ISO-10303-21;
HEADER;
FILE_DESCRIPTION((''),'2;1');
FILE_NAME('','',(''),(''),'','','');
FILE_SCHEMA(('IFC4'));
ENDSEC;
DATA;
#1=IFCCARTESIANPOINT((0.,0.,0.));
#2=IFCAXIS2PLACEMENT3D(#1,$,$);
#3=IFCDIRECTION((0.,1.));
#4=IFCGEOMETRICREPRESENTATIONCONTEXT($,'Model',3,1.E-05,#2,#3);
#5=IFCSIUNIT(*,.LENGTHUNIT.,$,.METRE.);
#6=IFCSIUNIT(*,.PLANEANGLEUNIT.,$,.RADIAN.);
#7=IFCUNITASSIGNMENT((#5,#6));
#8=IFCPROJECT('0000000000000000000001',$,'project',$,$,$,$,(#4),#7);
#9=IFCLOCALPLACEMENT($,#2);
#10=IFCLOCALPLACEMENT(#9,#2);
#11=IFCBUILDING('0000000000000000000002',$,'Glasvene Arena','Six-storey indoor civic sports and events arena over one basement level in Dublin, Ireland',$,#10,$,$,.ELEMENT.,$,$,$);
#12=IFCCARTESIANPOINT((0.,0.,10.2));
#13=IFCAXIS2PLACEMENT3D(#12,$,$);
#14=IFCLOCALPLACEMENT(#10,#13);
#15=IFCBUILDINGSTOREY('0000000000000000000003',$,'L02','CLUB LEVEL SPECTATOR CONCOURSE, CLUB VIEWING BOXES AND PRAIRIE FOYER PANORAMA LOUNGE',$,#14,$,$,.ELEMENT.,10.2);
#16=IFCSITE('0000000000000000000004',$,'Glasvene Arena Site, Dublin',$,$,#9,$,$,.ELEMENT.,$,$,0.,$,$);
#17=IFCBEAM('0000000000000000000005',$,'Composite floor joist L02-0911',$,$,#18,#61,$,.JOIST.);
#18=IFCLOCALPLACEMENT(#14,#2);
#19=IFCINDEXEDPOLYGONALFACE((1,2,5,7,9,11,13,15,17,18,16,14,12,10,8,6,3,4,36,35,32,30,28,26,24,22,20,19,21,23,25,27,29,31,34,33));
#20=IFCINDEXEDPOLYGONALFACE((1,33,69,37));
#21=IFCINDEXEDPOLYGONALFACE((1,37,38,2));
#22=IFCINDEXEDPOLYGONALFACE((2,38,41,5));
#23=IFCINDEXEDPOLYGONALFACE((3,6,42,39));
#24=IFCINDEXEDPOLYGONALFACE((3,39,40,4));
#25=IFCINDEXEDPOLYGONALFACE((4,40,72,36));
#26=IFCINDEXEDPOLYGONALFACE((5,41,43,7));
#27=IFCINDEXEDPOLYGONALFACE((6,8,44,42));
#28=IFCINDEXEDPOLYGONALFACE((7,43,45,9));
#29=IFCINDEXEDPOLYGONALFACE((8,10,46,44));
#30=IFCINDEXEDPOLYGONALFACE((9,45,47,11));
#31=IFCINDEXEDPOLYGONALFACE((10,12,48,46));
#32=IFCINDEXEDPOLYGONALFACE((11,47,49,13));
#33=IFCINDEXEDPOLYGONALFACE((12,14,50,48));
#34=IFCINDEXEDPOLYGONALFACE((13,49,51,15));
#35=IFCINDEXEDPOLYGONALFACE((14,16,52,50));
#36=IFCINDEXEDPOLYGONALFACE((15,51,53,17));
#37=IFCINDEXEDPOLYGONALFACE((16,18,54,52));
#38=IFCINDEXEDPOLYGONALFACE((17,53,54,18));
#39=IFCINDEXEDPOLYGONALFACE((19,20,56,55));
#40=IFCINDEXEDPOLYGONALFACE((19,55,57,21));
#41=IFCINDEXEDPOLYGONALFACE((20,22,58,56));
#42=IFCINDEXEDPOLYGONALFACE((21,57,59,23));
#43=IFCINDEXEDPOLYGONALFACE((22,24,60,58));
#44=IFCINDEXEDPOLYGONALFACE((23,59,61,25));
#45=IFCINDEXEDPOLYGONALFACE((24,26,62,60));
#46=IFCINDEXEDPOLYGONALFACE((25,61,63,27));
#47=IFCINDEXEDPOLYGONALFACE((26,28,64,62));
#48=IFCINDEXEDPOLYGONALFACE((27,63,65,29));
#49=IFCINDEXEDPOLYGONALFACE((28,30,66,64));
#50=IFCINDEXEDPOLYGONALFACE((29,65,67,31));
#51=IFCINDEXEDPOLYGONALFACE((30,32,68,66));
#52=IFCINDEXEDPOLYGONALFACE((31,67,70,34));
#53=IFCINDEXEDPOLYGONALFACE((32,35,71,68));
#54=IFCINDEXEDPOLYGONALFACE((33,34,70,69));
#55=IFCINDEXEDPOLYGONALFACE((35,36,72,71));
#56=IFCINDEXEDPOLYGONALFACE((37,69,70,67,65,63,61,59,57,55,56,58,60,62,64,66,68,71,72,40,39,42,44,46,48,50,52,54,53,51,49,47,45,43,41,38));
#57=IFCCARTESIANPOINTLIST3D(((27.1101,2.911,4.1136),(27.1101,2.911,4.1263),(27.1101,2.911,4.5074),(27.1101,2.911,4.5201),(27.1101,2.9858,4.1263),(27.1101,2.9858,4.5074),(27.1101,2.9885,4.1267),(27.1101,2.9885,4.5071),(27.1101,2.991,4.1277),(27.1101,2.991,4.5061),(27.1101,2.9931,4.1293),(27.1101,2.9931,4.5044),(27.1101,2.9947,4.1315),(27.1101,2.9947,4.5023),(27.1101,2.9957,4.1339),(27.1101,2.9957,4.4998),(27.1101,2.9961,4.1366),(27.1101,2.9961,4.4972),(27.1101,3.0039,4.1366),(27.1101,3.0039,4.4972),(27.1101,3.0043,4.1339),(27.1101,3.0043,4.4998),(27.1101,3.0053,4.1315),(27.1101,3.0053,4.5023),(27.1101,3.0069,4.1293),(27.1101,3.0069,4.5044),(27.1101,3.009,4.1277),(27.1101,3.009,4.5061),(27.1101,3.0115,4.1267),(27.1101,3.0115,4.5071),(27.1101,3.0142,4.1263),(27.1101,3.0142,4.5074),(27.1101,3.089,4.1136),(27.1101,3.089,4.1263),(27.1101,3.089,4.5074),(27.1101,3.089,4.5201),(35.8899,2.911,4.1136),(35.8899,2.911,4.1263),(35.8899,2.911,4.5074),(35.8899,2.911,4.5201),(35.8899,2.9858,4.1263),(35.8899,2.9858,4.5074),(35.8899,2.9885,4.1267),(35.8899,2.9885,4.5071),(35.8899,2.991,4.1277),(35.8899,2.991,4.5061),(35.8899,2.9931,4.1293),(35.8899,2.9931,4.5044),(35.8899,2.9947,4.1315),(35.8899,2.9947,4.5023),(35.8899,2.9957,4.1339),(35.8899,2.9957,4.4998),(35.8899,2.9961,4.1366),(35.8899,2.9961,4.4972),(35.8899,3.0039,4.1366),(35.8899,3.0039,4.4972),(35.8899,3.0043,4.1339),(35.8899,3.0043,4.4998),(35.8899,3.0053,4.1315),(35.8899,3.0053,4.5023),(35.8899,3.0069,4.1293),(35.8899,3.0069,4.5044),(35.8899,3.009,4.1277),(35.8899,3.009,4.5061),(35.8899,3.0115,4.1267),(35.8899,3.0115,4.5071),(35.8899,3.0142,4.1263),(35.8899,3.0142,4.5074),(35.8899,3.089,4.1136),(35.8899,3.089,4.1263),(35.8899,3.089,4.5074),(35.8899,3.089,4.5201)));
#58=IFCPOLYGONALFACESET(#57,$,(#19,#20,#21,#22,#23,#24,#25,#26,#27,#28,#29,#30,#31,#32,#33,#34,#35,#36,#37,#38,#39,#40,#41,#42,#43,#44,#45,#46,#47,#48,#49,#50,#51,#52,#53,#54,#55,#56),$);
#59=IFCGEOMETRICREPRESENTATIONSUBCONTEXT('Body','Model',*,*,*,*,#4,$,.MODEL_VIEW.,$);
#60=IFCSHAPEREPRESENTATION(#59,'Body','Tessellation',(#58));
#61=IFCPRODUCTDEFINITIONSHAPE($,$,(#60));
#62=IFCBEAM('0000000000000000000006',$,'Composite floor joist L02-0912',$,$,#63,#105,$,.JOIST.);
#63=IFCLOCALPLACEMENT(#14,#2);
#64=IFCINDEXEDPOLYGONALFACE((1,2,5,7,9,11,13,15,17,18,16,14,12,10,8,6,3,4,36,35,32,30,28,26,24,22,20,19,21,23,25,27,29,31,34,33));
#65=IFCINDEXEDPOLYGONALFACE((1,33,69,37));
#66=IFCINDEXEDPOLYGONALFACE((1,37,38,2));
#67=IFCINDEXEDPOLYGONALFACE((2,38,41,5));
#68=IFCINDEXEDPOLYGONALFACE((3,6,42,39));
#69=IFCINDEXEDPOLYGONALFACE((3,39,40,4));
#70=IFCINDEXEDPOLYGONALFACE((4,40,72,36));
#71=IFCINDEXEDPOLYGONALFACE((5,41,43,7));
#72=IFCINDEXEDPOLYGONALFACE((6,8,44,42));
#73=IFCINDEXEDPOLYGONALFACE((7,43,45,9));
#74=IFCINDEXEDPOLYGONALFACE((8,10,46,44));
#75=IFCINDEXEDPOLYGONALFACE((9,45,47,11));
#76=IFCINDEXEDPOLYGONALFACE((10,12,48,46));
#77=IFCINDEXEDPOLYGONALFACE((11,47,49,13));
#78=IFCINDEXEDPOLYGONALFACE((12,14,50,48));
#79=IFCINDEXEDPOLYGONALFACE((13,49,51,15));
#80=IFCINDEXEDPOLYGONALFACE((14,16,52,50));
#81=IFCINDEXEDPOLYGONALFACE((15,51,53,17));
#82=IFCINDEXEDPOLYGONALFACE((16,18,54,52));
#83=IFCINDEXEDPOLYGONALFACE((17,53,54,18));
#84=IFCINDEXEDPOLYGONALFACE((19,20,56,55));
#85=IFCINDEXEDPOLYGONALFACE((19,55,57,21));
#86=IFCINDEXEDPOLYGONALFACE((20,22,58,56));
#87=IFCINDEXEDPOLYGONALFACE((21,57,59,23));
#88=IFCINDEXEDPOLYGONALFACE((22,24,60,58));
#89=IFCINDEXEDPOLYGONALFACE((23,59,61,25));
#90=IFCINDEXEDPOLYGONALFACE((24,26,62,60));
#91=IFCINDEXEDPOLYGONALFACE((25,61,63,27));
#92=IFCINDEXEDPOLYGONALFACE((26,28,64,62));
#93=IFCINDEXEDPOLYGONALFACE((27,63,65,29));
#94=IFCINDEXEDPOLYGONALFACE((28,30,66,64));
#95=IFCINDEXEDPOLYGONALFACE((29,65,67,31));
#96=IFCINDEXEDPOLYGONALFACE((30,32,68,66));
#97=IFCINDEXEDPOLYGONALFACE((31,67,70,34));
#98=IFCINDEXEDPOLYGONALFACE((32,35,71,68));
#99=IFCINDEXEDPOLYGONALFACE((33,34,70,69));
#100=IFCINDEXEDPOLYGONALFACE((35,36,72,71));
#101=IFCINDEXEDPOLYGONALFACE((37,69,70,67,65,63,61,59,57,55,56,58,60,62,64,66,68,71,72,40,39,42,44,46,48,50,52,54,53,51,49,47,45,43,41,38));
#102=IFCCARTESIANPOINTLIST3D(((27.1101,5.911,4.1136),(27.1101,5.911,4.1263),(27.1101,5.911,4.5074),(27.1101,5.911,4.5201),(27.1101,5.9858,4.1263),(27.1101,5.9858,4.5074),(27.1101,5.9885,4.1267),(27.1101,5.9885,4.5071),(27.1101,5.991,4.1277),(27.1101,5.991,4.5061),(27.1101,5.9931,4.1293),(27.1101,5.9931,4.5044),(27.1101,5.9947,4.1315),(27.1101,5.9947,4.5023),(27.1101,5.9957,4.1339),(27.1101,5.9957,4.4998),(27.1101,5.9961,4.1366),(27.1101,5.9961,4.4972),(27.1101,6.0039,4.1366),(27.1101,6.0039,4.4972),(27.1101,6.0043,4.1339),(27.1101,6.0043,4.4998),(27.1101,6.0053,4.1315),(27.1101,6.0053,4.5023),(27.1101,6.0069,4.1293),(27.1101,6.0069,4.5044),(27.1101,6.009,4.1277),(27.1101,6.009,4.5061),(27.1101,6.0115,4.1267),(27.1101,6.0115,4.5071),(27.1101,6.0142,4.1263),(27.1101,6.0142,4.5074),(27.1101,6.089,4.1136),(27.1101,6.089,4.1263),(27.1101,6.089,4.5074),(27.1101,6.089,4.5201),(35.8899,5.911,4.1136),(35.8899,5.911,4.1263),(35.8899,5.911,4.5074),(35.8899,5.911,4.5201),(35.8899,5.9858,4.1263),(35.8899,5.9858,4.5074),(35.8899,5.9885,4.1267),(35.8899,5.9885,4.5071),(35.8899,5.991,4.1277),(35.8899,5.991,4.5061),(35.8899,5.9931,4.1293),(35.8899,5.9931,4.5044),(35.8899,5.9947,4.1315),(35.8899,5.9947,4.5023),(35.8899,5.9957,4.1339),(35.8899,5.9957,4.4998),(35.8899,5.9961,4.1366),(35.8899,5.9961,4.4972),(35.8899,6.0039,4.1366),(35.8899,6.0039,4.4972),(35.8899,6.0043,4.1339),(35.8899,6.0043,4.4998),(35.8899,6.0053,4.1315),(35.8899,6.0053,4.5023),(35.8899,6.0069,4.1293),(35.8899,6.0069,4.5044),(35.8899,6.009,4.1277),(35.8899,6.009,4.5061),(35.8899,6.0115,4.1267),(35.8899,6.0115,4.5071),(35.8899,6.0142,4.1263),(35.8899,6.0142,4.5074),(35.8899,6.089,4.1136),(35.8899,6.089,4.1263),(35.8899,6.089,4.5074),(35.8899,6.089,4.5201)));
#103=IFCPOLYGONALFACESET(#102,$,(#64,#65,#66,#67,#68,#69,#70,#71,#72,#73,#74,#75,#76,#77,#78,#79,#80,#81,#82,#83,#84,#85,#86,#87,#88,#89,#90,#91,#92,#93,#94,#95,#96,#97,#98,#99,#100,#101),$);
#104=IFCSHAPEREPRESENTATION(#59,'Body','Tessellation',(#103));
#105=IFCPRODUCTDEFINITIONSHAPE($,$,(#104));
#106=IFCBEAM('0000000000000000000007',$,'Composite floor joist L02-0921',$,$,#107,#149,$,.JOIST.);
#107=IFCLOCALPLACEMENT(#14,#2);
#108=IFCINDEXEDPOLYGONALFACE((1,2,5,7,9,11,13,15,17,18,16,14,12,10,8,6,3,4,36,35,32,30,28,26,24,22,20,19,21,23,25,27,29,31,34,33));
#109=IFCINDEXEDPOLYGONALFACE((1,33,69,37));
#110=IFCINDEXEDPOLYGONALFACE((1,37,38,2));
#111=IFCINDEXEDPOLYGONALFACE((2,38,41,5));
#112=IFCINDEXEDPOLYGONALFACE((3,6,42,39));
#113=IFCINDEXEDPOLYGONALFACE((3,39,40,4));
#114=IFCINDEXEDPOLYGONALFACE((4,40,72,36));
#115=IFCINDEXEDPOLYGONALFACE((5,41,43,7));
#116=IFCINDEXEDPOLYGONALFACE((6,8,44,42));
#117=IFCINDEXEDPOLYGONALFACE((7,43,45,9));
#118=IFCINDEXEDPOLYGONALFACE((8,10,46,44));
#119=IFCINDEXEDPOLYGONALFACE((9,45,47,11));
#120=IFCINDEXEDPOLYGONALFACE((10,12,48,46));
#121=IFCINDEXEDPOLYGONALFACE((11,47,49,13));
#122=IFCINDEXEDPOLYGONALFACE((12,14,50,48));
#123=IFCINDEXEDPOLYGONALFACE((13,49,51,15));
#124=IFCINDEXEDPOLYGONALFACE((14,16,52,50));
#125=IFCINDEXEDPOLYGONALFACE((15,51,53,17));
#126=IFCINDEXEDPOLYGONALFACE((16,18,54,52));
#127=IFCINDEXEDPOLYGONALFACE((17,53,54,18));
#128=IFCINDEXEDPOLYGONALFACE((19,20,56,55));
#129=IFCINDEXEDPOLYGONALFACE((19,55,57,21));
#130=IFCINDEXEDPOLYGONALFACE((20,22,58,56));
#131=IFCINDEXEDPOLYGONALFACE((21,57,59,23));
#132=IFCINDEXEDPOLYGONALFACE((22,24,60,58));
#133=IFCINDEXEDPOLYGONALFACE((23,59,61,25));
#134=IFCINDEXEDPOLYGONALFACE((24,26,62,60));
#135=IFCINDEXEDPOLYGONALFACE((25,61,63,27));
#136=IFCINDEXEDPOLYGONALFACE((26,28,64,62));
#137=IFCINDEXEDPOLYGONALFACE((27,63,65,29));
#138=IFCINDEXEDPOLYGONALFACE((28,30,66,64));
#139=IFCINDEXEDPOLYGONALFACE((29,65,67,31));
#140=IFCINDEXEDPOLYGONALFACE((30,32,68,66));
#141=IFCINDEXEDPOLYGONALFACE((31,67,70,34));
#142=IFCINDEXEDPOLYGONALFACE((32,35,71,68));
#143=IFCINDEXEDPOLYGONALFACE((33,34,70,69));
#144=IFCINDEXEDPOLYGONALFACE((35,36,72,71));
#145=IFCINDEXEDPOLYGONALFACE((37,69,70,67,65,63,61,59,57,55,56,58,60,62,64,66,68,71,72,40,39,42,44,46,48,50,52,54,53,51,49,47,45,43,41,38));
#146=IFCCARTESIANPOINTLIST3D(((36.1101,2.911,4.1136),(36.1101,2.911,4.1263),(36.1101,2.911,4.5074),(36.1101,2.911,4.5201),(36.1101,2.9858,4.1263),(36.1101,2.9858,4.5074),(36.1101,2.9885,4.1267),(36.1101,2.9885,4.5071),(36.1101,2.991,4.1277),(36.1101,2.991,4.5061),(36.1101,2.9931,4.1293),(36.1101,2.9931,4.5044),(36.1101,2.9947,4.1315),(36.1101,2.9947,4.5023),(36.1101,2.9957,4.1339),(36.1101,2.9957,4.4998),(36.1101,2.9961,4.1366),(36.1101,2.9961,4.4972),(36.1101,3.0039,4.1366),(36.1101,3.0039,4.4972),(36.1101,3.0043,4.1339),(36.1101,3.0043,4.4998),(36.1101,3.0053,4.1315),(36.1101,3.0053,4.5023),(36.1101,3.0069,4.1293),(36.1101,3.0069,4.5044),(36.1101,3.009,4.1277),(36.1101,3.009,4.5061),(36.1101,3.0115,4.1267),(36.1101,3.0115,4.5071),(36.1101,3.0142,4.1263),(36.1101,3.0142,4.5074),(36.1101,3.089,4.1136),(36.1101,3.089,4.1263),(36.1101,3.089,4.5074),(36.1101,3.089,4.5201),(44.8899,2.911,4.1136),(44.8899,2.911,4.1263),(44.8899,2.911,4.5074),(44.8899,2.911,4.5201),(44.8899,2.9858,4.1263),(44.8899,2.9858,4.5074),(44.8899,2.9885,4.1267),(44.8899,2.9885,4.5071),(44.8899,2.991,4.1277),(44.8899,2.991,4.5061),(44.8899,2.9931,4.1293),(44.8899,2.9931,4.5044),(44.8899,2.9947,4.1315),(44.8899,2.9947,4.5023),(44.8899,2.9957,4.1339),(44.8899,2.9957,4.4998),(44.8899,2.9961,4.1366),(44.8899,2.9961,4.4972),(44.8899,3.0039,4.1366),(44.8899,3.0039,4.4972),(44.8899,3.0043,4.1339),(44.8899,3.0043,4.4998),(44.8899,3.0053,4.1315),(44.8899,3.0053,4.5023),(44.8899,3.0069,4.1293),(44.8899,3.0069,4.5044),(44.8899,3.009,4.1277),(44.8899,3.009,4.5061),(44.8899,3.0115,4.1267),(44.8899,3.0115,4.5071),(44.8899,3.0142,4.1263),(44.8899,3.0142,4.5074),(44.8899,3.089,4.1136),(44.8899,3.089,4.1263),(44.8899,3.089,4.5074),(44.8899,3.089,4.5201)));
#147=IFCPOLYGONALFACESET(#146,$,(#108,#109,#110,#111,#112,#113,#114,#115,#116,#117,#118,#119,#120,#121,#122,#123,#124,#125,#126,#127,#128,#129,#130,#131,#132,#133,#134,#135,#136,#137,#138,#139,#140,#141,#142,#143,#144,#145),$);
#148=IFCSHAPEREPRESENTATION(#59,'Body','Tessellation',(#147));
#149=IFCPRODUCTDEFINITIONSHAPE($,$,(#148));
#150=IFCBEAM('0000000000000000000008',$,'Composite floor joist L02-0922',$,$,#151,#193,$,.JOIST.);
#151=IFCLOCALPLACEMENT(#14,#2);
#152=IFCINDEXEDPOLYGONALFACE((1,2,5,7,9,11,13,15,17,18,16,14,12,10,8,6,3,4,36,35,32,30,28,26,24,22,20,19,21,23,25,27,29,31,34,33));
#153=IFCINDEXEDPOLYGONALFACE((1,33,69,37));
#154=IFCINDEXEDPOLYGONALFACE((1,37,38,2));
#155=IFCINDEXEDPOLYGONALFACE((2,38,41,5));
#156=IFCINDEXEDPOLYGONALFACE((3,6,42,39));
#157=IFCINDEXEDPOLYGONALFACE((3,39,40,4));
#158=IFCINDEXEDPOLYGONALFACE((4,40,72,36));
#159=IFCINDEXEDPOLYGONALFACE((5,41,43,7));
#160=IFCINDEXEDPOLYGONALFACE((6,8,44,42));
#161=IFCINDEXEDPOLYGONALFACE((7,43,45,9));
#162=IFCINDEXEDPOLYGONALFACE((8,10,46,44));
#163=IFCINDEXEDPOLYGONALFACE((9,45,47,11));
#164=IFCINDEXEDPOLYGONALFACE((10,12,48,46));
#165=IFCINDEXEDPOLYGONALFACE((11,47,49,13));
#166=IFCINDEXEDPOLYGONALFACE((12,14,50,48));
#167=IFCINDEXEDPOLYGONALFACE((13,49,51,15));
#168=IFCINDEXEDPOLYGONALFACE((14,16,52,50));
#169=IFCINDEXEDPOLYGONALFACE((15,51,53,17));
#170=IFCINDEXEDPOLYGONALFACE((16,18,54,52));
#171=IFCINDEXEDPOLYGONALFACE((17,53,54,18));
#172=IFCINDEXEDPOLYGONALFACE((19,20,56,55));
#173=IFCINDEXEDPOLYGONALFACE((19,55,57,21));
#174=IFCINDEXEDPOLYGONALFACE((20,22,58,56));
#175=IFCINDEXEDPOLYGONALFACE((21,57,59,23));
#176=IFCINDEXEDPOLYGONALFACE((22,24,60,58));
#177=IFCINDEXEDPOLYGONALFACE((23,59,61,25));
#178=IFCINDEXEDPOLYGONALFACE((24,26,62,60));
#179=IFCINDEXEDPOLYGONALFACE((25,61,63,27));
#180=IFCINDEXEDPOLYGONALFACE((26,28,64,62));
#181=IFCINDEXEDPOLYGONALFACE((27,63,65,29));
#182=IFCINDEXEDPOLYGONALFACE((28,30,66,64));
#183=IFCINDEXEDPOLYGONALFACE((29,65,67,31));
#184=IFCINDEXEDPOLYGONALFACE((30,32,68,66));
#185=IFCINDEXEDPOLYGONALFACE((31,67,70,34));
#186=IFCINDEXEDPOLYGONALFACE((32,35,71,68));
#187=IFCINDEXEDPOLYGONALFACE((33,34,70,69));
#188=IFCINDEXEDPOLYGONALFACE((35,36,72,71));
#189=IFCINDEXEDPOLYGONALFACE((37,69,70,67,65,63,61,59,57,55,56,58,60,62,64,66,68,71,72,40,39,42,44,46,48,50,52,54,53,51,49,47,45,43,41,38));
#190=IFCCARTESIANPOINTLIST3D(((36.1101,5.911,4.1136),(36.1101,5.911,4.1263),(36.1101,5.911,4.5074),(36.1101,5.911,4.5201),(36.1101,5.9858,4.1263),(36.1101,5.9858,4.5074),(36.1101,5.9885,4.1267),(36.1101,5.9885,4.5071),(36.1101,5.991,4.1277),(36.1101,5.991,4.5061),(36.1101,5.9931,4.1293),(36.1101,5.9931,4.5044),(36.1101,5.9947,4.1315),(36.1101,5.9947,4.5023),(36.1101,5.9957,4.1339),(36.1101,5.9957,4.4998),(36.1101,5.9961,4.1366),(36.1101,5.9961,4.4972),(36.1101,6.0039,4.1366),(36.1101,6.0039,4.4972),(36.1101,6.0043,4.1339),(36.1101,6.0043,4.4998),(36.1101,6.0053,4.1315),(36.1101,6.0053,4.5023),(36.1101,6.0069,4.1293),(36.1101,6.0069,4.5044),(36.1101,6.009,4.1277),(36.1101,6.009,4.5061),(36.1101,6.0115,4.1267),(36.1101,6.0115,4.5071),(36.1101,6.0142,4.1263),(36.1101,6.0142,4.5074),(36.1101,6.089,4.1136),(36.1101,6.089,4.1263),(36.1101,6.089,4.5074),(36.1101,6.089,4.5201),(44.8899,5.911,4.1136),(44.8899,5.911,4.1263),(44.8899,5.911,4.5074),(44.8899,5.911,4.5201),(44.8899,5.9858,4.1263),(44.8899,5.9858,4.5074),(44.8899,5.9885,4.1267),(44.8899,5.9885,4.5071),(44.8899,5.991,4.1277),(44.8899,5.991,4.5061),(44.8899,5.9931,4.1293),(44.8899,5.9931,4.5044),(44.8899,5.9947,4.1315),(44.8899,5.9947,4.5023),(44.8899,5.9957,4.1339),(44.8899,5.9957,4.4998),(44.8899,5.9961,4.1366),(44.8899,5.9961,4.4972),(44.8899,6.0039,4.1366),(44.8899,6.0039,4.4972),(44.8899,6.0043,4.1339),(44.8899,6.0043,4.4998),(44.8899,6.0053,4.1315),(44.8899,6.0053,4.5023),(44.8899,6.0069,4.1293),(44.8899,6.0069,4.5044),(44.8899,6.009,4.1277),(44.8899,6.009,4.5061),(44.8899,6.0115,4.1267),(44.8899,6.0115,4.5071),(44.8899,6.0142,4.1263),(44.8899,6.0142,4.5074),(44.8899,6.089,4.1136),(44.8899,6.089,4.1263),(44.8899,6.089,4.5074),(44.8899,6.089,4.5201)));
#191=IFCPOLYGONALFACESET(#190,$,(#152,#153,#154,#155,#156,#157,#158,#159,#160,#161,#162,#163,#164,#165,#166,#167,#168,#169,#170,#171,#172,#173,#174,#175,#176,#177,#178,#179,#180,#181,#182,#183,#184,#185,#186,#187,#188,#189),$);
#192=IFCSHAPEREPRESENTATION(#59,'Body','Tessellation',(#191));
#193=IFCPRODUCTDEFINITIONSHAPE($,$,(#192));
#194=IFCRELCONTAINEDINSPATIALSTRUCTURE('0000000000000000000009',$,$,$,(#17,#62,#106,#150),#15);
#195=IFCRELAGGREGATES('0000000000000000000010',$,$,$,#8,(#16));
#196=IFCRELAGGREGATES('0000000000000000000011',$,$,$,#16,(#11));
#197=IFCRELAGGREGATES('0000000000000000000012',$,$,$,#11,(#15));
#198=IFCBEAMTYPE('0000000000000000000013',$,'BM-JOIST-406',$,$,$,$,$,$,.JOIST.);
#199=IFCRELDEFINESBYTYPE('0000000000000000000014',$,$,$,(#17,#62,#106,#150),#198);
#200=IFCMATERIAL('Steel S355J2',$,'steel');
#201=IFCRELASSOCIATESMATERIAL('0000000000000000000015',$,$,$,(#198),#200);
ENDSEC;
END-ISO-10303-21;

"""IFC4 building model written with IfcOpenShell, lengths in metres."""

from ifc_helpers import new_model, si_unit, direction, frame, origin, origin_2d, place, context, subcontext, project, spatial, i_section, extrude, material, material_profile, profile_set, type_object, element, save


model = new_model("IFC4")

# Units and contexts
model_context = context("Model", 3, precision=1e-05, world=origin(), true_north=direction((0.0, 1.0)))
body_context = subcontext(model_context, "Body", "Model", "MODEL_VIEW")
ifc_project = project(units=[si_unit("LENGTHUNIT", "METRE"), si_unit("PLANEANGLEUNIT", "RADIAN")], contexts=[model_context])

# Site, building, storey
site_placement = place(None, origin())
site = spatial("IfcSite", under=ifc_project, at=site_placement, Name="Glasvene Arena Site, Dublin", CompositionType="ELEMENT", RefElevation=0.0)
building_placement = place(site_placement, origin())
building = spatial("IfcBuilding", under=site, at=building_placement, Name="Glasvene Arena", Description="Six-storey indoor civic sports and events arena over one basement level in Dublin, Ireland", CompositionType="ELEMENT")
storey_placement = place(building_placement, frame((0.0, 0.0, 10.2)))
storey = spatial("IfcBuildingStorey", under=building, at=storey_placement, Name="L02", Description="CLUB LEVEL SPECTATOR CONCOURSE, CLUB VIEWING BOXES AND PRAIRIE FOYER PANORAMA LOUNGE", CompositionType="ELEMENT", Elevation=10.2)

# Shared definitions
ifc_material_1 = material(Name="Steel S355J2", Category="steel")

# Beams
ifc_material_profile_1 = material_profile(ifc_material_1, i_section(OverallWidth=0.178, OverallDepth=0.4065, WebThickness=0.0078, FlangeThickness=0.0127, FilletRadius=0.0103, at=origin_2d()), Name="UKB 406x178x60")
ifc_profile_set_1 = profile_set([ifc_material_profile_1], Name="Steel S355J2")
beam_type_1 = type_object("IfcBeamType", Name="BM-JOIST-406", PredefinedType="JOIST", material=ifc_profile_set_1)
for number, where, z_axis, x_axis, name in (
    (1, (27.1101, 3.0, 4.3169), (1.0, 0.0, 0.0), (0.0, 1.0, 0.0), "Composite floor joist L02-0911"),
    (2, (27.1101, 6.0, 4.3169), (1.0, 0.0, 0.0), (0.0, 1.0, 0.0), "Composite floor joist L02-0912"),
    (3, (36.1101, 3.0, 4.3169), (1.0, 0.0, 0.0), (0.0, 1.0, 0.0), "Composite floor joist L02-0921"),
    (4, (36.1101, 6.0, 4.3169), (1.0, 0.0, 0.0), (0.0, 1.0, 0.0), "Composite floor joist L02-0922"),
):
    element("IfcBeam", number, at=place(storey_placement, frame(where, z_axis=z_axis, x_axis=x_axis)), inside=storey, type_object=beam_type_1, Name=name, PredefinedType="JOIST", context=body_context, shape_type="SweptSolid", body=[
        extrude(i_section(OverallWidth=0.178, OverallDepth=0.4065, WebThickness=0.0078, FlangeThickness=0.0127, FilletRadius=0.0103, at=origin_2d()), origin(), (0.0, 0.0, 1.0), 8.7798),
    ])

save(model, "model.ifc")
